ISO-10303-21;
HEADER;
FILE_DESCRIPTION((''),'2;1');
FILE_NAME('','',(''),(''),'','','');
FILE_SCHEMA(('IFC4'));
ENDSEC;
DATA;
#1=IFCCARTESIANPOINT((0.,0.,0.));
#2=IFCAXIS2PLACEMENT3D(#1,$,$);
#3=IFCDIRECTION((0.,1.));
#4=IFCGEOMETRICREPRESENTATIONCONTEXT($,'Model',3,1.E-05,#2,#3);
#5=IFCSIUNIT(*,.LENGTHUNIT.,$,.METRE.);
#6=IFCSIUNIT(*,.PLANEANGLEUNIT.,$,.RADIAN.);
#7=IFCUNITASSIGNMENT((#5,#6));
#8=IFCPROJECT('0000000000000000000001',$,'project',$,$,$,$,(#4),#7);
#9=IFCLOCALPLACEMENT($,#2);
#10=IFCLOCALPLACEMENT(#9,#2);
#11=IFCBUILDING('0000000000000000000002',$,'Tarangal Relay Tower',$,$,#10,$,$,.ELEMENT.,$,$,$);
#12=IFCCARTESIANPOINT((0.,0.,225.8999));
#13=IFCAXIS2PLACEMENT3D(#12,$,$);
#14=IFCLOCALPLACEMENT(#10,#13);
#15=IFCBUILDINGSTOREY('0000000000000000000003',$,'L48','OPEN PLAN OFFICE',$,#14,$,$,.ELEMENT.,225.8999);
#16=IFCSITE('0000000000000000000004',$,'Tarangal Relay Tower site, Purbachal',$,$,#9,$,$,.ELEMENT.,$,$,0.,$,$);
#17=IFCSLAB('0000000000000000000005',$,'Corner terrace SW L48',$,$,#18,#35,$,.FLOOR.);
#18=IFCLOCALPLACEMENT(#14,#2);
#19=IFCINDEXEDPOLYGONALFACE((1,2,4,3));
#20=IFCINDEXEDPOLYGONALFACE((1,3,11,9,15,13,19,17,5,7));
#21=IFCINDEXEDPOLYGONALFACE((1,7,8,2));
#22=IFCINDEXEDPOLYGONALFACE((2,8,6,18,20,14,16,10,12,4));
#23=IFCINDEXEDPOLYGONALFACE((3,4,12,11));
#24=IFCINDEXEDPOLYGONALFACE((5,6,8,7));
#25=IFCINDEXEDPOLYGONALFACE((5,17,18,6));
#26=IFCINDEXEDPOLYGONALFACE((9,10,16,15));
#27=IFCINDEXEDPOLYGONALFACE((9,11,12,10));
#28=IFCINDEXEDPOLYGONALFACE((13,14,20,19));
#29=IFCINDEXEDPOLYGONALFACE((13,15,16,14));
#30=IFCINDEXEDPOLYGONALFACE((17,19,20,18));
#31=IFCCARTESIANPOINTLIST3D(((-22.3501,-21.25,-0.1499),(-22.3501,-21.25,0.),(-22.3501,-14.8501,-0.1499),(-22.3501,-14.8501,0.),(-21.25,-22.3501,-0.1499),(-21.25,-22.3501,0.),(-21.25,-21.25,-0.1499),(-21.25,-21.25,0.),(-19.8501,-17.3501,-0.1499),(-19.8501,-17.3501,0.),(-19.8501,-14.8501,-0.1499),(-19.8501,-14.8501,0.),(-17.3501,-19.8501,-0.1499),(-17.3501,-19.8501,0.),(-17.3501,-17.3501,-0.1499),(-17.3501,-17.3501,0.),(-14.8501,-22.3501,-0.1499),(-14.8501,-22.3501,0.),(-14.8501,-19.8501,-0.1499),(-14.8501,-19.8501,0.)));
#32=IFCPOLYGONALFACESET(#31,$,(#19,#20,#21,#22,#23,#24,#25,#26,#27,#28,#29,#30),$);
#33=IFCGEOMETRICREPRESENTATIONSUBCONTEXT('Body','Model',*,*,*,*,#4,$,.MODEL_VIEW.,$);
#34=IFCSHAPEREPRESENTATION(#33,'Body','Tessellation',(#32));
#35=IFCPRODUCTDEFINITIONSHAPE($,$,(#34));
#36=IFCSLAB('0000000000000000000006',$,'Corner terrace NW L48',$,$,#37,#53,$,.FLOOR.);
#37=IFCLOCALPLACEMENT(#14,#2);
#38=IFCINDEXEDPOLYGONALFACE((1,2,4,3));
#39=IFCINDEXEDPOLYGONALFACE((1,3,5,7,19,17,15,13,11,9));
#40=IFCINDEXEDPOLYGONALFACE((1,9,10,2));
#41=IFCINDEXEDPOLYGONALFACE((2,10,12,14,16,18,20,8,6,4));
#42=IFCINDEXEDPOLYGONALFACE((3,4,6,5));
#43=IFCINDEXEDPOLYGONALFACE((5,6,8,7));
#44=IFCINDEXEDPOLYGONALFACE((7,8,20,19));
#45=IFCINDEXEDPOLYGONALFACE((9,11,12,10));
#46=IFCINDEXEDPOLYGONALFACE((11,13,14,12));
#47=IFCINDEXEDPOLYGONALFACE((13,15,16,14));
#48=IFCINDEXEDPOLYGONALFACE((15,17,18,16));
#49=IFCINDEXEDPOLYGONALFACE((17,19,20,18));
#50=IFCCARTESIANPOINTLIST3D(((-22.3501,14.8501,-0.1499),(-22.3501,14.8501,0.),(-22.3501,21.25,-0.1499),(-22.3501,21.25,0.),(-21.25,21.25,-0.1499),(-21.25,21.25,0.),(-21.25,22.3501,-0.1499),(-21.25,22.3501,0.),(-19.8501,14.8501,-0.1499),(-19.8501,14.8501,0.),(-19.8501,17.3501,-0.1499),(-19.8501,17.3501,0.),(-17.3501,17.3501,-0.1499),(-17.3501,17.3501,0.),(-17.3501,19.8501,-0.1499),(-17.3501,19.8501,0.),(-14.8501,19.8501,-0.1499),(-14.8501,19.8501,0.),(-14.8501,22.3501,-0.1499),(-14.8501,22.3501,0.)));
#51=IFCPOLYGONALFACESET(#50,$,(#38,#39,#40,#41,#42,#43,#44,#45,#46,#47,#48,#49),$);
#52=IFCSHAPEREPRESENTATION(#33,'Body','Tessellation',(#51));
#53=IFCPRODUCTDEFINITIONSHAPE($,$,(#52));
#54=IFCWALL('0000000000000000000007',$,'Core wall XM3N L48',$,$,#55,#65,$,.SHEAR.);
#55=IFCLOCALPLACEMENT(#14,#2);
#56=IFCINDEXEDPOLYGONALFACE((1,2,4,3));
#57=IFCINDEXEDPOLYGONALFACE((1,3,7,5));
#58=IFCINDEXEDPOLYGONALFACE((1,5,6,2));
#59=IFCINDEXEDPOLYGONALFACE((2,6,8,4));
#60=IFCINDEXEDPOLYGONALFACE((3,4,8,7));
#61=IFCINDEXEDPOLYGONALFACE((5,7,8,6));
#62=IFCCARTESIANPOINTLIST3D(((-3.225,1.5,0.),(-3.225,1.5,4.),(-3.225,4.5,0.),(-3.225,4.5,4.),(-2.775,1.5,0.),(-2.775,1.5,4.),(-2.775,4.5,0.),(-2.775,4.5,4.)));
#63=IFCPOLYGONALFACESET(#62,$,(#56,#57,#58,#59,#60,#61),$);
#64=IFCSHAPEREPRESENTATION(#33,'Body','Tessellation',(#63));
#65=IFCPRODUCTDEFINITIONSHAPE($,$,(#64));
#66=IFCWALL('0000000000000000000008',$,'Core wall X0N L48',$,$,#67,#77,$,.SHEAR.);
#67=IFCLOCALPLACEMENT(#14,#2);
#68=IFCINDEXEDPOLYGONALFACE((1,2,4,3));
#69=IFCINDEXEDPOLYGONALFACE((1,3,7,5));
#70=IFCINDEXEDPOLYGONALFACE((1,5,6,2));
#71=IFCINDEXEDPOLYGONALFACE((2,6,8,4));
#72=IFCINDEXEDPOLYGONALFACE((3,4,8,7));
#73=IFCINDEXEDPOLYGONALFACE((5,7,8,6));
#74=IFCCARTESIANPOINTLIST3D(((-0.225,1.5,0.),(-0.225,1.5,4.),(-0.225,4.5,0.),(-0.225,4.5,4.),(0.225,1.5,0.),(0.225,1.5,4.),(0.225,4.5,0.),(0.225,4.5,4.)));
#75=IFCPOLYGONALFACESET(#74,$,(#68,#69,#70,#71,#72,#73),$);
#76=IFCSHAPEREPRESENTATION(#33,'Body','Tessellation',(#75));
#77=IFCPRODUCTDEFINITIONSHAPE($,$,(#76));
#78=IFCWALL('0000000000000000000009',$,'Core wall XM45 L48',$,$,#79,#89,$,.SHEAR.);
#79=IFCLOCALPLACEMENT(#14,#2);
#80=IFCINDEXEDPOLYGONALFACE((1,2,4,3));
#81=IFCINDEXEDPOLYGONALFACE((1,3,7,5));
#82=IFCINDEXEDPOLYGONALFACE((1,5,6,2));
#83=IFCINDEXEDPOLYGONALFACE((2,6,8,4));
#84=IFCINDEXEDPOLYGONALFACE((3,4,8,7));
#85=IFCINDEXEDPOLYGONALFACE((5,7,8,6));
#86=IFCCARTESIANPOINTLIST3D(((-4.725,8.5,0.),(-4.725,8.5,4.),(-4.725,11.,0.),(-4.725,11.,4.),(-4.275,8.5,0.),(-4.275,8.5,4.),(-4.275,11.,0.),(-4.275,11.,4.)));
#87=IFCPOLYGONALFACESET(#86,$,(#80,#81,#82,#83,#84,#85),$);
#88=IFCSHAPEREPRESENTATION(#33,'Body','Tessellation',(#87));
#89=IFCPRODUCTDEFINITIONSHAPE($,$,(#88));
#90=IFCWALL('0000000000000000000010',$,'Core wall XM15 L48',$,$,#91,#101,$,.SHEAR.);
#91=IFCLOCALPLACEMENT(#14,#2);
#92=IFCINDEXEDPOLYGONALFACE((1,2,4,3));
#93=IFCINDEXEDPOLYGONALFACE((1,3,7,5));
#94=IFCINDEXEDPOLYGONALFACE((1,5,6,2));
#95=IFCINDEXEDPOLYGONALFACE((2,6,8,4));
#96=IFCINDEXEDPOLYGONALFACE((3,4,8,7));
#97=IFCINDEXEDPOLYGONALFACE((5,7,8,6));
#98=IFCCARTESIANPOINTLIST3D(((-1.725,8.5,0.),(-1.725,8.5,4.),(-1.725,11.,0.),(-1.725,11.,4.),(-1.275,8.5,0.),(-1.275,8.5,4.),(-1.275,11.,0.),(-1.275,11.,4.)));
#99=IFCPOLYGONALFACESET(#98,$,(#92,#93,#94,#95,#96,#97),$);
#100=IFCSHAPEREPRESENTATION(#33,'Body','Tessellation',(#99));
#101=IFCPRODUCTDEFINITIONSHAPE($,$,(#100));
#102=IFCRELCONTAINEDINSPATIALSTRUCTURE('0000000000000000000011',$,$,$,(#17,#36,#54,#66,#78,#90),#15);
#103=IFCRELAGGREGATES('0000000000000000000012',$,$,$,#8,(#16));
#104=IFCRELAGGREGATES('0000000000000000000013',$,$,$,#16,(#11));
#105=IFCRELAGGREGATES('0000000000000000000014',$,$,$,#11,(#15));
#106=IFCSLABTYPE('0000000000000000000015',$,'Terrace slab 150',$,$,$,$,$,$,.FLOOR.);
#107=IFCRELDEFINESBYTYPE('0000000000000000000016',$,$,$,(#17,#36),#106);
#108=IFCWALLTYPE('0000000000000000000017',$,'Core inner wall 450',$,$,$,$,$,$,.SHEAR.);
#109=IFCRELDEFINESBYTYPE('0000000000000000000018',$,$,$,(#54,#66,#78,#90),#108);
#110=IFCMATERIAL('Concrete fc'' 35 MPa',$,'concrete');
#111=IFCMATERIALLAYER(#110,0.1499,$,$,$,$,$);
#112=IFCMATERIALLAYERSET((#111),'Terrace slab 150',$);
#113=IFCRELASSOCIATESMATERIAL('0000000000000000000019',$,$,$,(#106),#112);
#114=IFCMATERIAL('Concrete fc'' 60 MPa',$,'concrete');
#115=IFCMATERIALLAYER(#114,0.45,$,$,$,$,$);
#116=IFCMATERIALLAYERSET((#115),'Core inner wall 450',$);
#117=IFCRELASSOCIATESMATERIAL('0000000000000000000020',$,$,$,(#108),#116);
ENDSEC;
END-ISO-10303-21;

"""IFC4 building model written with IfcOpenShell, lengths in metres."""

from ifc_helpers import new_model, si_unit, direction, frame, frame_2d, origin, place, context, subcontext, project, spatial, polyline, rectangle, outline, extrude, material, layer, layer_set, type_object, element, save


model = new_model("IFC4")

# Units and contexts
model_context = context("Model", 3, precision=1e-05, world=origin(), true_north=direction((0.0, 1.0)))
body_context = subcontext(model_context, "Body", "Model", "MODEL_VIEW")
ifc_project = project(units=[si_unit("LENGTHUNIT", "METRE"), si_unit("PLANEANGLEUNIT", "RADIAN")], contexts=[model_context])

# Site, building, storey
site_placement = place(None, origin())
site = spatial("IfcSite", under=ifc_project, at=site_placement, Name="Tarangal Relay Tower site, Purbachal", CompositionType="ELEMENT", RefElevation=0.0)
building_placement = place(site_placement, origin())
building = spatial("IfcBuilding", under=site, at=building_placement, Name="Tarangal Relay Tower", CompositionType="ELEMENT")
storey_placement = place(building_placement, frame((0.0, 0.0, 225.8999)))
storey = spatial("IfcBuildingStorey", under=building, at=storey_placement, Name="L48", Description="OPEN PLAN OFFICE", CompositionType="ELEMENT", Elevation=225.8999)

# Slabs
ifc_material_1 = material(Name="Concrete fc' 35 MPa", Category="concrete")
ifc_layer_1 = layer(ifc_material_1, 0.1499)
ifc_layer_set_1 = layer_set([ifc_layer_1], Name="Terrace slab 150")
slab_type_1 = type_object("IfcSlabType", Name="Terrace slab 150", PredefinedType="FLOOR", material=ifc_layer_set_1)
slab_1_placement = place(storey_placement, frame((0.0, 0.0, -0.1499)))
element("IfcSlab", 1, at=slab_1_placement, inside=storey, type_object=slab_type_1, Name="Corner terrace SW L48", PredefinedType="FLOOR", context=body_context, shape_type="SweptSolid", body=[
    extrude(outline(polyline([(-14.8501, -22.3501), (-14.8501, -19.8501), (-17.3501, -19.8501), (-17.3501, -17.3501), (-19.8501, -17.3501), (-19.8501, -14.8501), (-22.3501, -14.8501), (-22.3501, -21.25), (-21.25, -21.25), (-21.25, -22.3501), (-14.8501, -22.3501)])), origin(), (0.0, 0.0, 1.0), 0.1499),
])
slab_2_placement = place(storey_placement, frame((0.0, 0.0, -0.1499)))
element("IfcSlab", 2, at=slab_2_placement, inside=storey, type_object=slab_type_1, Name="Corner terrace NW L48", PredefinedType="FLOOR", context=body_context, shape_type="SweptSolid", body=[
    extrude(outline(polyline([(-22.3501, 14.8501), (-19.8501, 14.8501), (-19.8501, 17.3501), (-17.3501, 17.3501), (-17.3501, 19.8501), (-14.8501, 19.8501), (-14.8501, 22.3501), (-21.25, 22.3501), (-21.25, 21.25), (-22.3501, 21.25), (-22.3501, 14.8501)])), origin(), (0.0, 0.0, 1.0), 0.1499),
])

# Shared definitions
ifc_material_2 = material(Name="Concrete fc' 60 MPa", Category="concrete")
ifc_layer_2 = layer(ifc_material_2, 0.45)
ifc_layer_set_2 = layer_set([ifc_layer_2], Name="Core inner wall 450")
wall_type = type_object("IfcWallType", Name="Core inner wall 450", PredefinedType="SHEAR", material=ifc_layer_set_2)

# Walls
for number, where, z_axis, x_axis, name in (
    (3, (-3.0, 1.5, 0.0), (0.0, 0.0, 1.0), (0.0, 1.0, 0.0), "Core wall XM3N L48"),
    (4, (0.0, 1.5, 0.0), (0.0, 0.0, 1.0), (0.0, 1.0, 0.0), "Core wall X0N L48"),
):
    element("IfcWall", number, at=place(storey_placement, frame(where, z_axis=z_axis, x_axis=x_axis)), inside=storey, type_object=wall_type, Name=name, PredefinedType="SHEAR", context=body_context, shape_type="SweptSolid", body=[
        extrude(rectangle(XDim=3.0, YDim=0.45, at=frame_2d((1.5, 0.0))), origin(), (0.0, 0.0, 1.0), 4.0),
    ])
for number, where, z_axis, x_axis, name in (
    (5, (-4.5, 8.5, 0.0), (0.0, 0.0, 1.0), (0.0, 1.0, 0.0), "Core wall XM45 L48"),
    (6, (-1.5, 8.5, 0.0), (0.0, 0.0, 1.0), (0.0, 1.0, 0.0), "Core wall XM15 L48"),
):
    element("IfcWall", number, at=place(storey_placement, frame(where, z_axis=z_axis, x_axis=x_axis)), inside=storey, type_object=wall_type, Name=name, PredefinedType="SHEAR", context=body_context, shape_type="SweptSolid", body=[
        extrude(rectangle(XDim=2.5, YDim=0.45, at=frame_2d((1.25, 0.0))), origin(), (0.0, 0.0, 1.0), 4.0),
    ])

save(model, "model.ifc")
